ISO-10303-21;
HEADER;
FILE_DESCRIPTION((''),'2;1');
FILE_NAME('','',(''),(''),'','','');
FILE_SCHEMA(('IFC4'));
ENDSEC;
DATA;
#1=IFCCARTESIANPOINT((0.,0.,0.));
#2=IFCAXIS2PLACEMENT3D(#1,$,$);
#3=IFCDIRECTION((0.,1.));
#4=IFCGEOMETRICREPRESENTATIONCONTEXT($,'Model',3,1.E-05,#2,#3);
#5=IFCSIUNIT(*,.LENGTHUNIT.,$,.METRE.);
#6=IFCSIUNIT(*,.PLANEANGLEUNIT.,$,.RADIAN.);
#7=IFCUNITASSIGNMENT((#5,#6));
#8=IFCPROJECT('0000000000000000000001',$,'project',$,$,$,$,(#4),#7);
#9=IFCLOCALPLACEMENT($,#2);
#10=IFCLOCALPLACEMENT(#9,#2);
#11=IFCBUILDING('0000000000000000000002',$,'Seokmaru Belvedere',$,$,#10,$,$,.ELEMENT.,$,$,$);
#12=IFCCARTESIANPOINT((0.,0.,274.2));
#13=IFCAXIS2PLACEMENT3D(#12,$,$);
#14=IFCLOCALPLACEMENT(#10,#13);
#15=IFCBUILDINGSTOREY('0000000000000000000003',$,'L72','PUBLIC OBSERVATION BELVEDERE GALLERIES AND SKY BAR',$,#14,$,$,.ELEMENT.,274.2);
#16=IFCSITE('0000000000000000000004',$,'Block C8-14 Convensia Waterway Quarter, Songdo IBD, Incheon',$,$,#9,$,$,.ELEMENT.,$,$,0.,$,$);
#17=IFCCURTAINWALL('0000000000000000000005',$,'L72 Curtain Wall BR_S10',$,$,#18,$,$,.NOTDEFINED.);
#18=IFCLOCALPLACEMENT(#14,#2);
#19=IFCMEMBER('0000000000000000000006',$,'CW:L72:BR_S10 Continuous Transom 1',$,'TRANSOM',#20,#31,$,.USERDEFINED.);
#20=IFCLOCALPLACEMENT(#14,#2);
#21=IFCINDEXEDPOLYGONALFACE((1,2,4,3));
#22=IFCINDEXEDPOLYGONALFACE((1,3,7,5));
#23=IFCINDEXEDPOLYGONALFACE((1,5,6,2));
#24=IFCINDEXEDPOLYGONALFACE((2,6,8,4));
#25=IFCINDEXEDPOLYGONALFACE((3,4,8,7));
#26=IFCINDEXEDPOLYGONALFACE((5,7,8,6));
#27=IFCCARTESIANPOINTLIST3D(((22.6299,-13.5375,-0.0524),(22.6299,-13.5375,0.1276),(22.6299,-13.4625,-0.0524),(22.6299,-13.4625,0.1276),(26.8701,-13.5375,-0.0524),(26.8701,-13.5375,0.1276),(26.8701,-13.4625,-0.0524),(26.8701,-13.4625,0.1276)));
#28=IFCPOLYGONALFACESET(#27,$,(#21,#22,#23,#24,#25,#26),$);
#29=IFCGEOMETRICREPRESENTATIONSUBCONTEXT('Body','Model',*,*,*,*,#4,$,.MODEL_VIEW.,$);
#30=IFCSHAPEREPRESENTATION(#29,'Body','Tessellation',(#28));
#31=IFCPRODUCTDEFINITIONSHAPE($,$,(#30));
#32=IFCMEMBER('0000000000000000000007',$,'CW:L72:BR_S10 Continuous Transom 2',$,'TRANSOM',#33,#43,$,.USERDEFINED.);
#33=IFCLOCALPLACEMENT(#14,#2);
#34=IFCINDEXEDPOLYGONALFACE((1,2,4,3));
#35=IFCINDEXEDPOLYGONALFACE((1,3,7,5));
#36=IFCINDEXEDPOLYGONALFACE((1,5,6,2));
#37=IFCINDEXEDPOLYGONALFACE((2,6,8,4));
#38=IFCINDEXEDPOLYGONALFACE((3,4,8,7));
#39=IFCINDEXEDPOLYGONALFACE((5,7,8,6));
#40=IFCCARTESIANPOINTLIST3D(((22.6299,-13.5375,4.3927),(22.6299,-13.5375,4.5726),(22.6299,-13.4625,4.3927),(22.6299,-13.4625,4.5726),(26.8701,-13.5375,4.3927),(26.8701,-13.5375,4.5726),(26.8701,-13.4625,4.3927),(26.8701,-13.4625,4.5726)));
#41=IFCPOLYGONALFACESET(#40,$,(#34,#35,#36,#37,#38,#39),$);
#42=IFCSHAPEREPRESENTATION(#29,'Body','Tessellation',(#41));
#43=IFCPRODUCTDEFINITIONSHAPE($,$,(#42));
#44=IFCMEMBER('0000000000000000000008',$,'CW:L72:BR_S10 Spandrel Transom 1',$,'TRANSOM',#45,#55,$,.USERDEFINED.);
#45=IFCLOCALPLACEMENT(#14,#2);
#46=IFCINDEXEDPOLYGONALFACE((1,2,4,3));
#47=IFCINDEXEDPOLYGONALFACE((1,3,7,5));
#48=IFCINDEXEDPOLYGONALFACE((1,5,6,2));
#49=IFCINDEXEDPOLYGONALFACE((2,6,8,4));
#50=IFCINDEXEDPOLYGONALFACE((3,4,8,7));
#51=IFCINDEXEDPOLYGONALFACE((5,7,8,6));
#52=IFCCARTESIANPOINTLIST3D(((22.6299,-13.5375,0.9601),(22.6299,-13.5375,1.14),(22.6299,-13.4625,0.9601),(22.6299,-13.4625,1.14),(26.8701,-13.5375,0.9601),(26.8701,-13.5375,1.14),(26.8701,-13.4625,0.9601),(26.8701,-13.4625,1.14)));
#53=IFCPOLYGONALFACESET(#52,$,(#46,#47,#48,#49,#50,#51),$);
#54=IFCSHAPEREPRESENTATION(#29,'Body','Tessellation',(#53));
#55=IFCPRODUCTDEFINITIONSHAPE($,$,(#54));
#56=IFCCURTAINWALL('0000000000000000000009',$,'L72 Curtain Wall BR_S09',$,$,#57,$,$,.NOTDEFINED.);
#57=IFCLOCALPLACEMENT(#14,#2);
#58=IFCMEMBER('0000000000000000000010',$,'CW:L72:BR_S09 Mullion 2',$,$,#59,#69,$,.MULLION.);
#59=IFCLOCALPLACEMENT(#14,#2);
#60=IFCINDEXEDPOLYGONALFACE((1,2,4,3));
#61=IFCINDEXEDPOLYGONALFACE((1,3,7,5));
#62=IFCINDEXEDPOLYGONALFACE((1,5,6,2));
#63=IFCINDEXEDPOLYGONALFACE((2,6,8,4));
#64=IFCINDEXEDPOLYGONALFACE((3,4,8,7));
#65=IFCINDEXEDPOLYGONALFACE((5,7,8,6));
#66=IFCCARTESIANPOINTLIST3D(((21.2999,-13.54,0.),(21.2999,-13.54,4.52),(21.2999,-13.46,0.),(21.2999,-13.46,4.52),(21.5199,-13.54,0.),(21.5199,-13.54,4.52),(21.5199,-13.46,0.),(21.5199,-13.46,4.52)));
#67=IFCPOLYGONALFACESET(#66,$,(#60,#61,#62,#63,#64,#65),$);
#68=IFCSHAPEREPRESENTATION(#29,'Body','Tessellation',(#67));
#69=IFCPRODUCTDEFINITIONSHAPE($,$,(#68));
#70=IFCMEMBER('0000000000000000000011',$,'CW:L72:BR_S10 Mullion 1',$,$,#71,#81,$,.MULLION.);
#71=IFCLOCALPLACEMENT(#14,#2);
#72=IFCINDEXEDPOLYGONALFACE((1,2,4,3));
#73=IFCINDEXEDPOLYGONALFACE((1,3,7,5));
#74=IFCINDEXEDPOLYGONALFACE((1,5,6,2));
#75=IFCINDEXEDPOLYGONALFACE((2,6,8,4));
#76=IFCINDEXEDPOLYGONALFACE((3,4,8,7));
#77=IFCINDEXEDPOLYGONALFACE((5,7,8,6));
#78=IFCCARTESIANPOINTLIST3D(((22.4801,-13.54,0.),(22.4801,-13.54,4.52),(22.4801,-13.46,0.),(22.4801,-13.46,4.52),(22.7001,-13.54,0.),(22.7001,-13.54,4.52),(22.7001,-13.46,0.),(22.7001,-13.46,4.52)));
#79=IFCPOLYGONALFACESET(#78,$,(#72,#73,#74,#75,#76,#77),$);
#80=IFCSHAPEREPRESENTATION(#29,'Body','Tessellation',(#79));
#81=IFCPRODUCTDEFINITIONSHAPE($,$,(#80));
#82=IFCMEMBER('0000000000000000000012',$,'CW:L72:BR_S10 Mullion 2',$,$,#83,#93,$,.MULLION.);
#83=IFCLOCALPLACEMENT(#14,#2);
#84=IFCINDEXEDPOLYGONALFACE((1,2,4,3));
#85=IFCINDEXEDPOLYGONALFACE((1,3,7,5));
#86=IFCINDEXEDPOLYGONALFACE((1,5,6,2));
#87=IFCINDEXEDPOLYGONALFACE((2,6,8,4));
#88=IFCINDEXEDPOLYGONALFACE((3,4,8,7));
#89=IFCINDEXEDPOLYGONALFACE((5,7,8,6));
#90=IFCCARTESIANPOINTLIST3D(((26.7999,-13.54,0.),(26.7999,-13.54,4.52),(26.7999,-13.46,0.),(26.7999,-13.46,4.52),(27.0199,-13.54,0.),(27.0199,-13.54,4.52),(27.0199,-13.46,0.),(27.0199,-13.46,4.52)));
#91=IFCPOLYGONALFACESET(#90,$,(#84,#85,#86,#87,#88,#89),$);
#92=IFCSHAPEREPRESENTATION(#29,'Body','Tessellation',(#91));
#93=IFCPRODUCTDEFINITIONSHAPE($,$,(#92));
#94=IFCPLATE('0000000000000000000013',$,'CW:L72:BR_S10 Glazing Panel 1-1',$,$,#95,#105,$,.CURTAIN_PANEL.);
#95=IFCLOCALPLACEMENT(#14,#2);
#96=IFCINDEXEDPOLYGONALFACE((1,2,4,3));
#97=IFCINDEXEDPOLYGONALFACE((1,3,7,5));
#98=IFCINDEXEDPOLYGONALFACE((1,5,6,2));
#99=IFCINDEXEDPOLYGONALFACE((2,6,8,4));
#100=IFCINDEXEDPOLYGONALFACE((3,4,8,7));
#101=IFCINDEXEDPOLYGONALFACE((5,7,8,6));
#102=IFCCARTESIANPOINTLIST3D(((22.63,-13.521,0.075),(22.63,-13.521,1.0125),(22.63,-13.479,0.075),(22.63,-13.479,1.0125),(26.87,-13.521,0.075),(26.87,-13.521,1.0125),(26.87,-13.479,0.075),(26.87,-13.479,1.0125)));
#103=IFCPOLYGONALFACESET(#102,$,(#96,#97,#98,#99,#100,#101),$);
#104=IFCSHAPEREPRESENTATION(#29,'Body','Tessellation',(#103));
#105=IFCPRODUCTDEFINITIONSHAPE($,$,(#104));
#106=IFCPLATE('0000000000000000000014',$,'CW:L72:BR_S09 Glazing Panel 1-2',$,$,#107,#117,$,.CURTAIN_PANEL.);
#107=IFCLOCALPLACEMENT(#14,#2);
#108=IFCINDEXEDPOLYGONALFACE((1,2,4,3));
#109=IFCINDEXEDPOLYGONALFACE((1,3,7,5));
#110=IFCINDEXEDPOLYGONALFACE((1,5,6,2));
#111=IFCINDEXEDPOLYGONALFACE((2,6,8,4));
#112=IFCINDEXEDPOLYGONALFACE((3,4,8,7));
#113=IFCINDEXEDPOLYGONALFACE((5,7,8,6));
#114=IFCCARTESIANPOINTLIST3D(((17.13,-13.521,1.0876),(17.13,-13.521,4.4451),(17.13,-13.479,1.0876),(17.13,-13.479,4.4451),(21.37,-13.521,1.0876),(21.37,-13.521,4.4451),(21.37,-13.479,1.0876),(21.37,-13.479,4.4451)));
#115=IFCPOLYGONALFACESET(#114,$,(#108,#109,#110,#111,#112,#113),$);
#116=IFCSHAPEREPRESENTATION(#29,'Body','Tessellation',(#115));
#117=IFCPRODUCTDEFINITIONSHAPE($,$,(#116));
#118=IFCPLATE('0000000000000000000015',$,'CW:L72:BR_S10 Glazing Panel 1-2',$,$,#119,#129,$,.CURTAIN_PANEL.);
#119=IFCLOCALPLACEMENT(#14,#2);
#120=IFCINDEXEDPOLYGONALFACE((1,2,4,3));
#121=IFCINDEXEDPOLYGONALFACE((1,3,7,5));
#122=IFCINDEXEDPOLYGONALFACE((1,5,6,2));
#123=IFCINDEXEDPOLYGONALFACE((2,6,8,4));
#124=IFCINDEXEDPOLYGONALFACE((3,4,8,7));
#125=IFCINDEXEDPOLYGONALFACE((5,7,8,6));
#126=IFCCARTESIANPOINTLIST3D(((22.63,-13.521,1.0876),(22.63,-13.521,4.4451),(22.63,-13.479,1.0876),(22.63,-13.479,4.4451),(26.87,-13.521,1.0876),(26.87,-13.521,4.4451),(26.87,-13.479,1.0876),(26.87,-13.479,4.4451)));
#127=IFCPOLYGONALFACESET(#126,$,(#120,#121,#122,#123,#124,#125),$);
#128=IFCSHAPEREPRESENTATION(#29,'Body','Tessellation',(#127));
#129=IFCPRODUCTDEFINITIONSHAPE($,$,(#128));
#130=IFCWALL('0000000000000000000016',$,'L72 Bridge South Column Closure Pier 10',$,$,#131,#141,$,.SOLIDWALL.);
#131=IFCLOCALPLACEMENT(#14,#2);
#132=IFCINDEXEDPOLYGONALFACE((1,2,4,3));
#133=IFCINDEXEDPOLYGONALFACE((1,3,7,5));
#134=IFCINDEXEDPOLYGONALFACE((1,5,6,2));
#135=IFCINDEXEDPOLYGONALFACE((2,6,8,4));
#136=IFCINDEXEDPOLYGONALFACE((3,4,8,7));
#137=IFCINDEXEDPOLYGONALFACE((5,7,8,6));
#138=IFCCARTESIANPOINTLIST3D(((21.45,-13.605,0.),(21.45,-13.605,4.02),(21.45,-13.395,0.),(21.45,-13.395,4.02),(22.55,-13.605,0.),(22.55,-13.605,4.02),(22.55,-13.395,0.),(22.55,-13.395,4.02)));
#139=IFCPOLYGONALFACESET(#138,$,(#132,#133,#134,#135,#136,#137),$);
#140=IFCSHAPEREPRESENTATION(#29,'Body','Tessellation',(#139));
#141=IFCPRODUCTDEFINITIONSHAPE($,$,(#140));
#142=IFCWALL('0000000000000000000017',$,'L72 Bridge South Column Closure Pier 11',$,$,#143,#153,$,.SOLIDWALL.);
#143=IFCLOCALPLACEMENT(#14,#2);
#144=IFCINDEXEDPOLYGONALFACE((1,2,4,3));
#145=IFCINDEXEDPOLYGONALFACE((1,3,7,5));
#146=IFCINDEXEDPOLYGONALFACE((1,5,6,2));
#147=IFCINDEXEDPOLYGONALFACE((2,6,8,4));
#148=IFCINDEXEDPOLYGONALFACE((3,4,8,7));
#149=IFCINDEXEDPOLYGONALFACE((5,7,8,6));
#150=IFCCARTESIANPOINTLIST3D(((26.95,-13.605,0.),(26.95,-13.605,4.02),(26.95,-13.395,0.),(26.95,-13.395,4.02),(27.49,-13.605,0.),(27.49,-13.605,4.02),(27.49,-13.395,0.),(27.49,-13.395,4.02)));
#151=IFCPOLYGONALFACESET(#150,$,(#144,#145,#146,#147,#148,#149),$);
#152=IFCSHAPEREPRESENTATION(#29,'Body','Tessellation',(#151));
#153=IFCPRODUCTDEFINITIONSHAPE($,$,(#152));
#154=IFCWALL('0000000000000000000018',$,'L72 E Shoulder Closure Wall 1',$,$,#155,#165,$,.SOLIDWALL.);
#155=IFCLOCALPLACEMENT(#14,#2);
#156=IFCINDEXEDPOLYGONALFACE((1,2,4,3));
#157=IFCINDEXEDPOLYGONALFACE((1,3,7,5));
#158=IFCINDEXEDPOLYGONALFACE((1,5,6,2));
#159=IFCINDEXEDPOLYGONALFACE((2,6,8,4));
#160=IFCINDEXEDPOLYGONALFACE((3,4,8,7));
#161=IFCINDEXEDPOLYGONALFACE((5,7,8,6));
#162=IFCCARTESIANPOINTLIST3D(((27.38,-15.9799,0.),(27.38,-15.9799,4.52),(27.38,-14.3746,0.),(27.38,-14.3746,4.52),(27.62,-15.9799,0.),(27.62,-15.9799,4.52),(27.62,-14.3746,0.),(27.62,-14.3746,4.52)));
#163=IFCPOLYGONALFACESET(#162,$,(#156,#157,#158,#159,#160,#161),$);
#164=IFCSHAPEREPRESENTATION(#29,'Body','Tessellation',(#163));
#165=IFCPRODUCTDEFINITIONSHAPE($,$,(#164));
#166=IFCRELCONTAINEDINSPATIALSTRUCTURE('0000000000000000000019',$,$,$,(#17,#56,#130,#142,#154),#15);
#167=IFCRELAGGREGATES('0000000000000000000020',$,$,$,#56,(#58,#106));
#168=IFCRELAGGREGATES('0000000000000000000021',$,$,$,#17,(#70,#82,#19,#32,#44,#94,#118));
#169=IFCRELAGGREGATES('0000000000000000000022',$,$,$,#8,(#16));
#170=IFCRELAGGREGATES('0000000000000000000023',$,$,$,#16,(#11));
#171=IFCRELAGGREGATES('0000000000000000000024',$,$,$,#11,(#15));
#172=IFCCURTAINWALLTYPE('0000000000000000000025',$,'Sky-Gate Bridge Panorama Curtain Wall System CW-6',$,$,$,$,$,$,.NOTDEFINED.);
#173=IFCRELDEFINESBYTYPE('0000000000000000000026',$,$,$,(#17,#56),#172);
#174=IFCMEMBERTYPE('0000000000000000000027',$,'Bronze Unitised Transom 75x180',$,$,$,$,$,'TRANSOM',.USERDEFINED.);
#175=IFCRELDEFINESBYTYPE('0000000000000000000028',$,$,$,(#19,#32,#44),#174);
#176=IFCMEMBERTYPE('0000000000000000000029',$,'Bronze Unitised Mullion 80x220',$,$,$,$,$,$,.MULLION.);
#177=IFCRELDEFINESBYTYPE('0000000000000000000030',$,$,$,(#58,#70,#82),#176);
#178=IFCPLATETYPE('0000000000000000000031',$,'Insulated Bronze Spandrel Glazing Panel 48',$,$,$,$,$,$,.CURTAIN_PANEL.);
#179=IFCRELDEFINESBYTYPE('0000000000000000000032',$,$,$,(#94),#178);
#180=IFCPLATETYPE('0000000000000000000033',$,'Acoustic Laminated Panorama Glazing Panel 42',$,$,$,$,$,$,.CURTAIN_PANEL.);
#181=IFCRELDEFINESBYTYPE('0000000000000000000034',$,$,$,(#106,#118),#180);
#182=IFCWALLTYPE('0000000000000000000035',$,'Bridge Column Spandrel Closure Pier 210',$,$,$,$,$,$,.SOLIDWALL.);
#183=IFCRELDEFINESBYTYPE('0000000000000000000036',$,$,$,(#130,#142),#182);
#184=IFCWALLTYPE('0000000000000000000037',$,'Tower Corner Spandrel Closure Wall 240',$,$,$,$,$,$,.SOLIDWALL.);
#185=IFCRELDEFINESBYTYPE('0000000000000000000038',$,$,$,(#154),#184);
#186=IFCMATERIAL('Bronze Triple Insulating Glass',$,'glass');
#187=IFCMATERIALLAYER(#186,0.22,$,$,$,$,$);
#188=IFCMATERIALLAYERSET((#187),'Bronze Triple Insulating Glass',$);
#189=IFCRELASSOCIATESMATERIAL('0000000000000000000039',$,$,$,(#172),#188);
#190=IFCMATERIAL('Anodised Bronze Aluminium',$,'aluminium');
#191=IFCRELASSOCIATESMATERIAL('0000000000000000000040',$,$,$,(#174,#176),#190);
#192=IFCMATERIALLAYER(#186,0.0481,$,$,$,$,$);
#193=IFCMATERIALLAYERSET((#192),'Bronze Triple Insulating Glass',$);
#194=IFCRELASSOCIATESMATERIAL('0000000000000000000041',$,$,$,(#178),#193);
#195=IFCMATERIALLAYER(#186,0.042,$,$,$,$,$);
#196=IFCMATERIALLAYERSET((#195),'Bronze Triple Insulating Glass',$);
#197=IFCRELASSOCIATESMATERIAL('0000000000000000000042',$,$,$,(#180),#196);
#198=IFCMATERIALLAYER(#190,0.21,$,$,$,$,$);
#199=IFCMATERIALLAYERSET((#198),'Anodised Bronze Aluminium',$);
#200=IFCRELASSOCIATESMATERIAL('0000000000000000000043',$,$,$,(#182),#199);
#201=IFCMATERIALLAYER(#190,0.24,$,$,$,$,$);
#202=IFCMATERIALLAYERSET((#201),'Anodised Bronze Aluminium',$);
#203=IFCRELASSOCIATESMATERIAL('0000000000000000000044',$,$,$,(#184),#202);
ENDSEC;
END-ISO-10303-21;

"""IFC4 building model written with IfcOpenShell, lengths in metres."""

from ifc_helpers import new_model, si_unit, direction, frame, frame_2d, origin, origin_2d, place, context, subcontext, project, spatial, rectangle, extrude, source, transform, mapped, material, layer, layer_set, material_profile, profile_set, type_object, type_shapes, element, aggregate, save


model = new_model("IFC4")

# Units and contexts
model_context = context("Model", 3, precision=1e-05, world=origin(), true_north=direction((0.0, 1.0)))
body_context = subcontext(model_context, "Body", "Model", "MODEL_VIEW")
ifc_project = project(units=[si_unit("LENGTHUNIT", "METRE"), si_unit("PLANEANGLEUNIT", "RADIAN")], contexts=[model_context])

# Site, building, storey
site_placement = place(None, origin())
site = spatial("IfcSite", under=ifc_project, at=site_placement, Name="Block C8-14 Convensia Waterway Quarter, Songdo IBD, Incheon", CompositionType="ELEMENT", RefElevation=0.0)
building_placement = place(site_placement, origin())
building = spatial("IfcBuilding", under=site, at=building_placement, Name="Seokmaru Belvedere", CompositionType="ELEMENT")
storey_placement = place(building_placement, frame((0.0, 0.0, 274.2)))
storey = spatial("IfcBuildingStorey", under=building, at=storey_placement, Name="L72", Description="PUBLIC OBSERVATION BELVEDERE GALLERIES AND SKY BAR", CompositionType="ELEMENT", Elevation=274.2)

# Curtain wall, members
ifc_material_1 = material(Name="Bronze Triple Insulating Glass", Category="glass")
ifc_layer_1 = layer(ifc_material_1, 0.22)
ifc_layer_set_1 = layer_set([ifc_layer_1], Name="Bronze Triple Insulating Glass")
curtain_wall_type = type_object("IfcCurtainWallType", Name="Sky-Gate Bridge Panorama Curtain Wall System CW-6", PredefinedType="NOTDEFINED", material=ifc_layer_set_1)
curtain_wall_1_placement = place(storey_placement, origin())
curtain_wall_1 = element("IfcCurtainWall", 1, at=curtain_wall_1_placement, inside=storey, type_object=curtain_wall_type, Name="L72 Curtain Wall BR_S10", PredefinedType="NOTDEFINED")
ifc_material_2 = material(Name="Anodised Bronze Aluminium", Category="aluminium")
ifc_material_profile_1 = material_profile(ifc_material_2, rectangle(XDim=0.075, YDim=0.1799, at=origin_2d()), Name="CW-T-75x180")
ifc_profile_set_1 = profile_set([ifc_material_profile_1], Name="Anodised Bronze Aluminium")
member_type_1 = type_object("IfcMemberType", Name="Bronze Unitised Transom 75x180", ElementType="TRANSOM", PredefinedType="USERDEFINED", material=ifc_profile_set_1)
shared_shape_1 = source(origin(), body_context, "Body", "SweptSolid", [
    extrude(rectangle(XDim=0.075, YDim=0.1799, at=origin_2d()), origin(), (0.0, 0.0, 1.0), 4.2402),
])
type_shapes(member_type_1, [shared_shape_1])
member_1_placement = place(storey_placement, frame((22.6299, -13.5, 0.0376), z_axis=(1.0, 0.0, 0.0), x_axis=(0.0, 1.0, 0.0)))
member_1 = element("IfcMember", 2, at=member_1_placement, type_object=member_type_1, Name="CW:L72:BR_S10 Continuous Transom 1", ObjectType="TRANSOM", PredefinedType="USERDEFINED", context=body_context, shape_type="MappedRepresentation", body=[
    mapped(shared_shape_1, transform((0.0, 0.0, 0.0), scale=1.0)),
])
member_2_placement = place(storey_placement, frame((22.6299, -13.5, 4.4827), z_axis=(1.0, 0.0, 0.0), x_axis=(0.0, 1.0, 0.0)))
member_2 = element("IfcMember", 3, at=member_2_placement, type_object=member_type_1, Name="CW:L72:BR_S10 Continuous Transom 2", ObjectType="TRANSOM", PredefinedType="USERDEFINED", context=body_context, shape_type="MappedRepresentation", body=[
    mapped(shared_shape_1, transform((0.0, 0.0, 0.0), scale=1.0)),
])
member_3_placement = place(storey_placement, frame((22.6299, -13.5, 1.05), z_axis=(1.0, 0.0, 0.0), x_axis=(0.0, 1.0, 0.0)))
member_3 = element("IfcMember", 4, at=member_3_placement, type_object=member_type_1, Name="CW:L72:BR_S10 Spandrel Transom 1", ObjectType="TRANSOM", PredefinedType="USERDEFINED", context=body_context, shape_type="MappedRepresentation", body=[
    mapped(shared_shape_1, transform((0.0, 0.0, 0.0), scale=1.0)),
])

# Curtain wall, member
curtain_wall_2_placement = place(storey_placement, origin())
curtain_wall_2 = element("IfcCurtainWall", 5, at=curtain_wall_2_placement, inside=storey, type_object=curtain_wall_type, Name="L72 Curtain Wall BR_S09", PredefinedType="NOTDEFINED")
ifc_material_profile_2 = material_profile(ifc_material_2, rectangle(XDim=0.0801, YDim=0.22, at=origin_2d()), Name="CW-M-80x220")
ifc_profile_set_2 = profile_set([ifc_material_profile_2], Name="Anodised Bronze Aluminium")
member_type_2 = type_object("IfcMemberType", Name="Bronze Unitised Mullion 80x220", PredefinedType="MULLION", material=ifc_profile_set_2)
shared_shape_2 = source(origin(), body_context, "Body", "SweptSolid", [
    extrude(rectangle(XDim=0.0801, YDim=0.22, at=origin_2d()), origin(), (0.0, 0.0, 1.0), 4.52),
])
type_shapes(member_type_2, [shared_shape_2])
member_4_placement = place(storey_placement, frame((21.4099, -13.5, 0.0), z_axis=(0.0, 0.0, 1.0), x_axis=(0.0, 1.0, 0.0)))
member_4 = element("IfcMember", 6, at=member_4_placement, type_object=member_type_2, Name="CW:L72:BR_S09 Mullion 2", PredefinedType="MULLION", context=body_context, shape_type="MappedRepresentation", body=[
    mapped(shared_shape_2, transform((0.0, 0.0, 0.0), scale=1.0)),
])

# Members
member_5_placement = place(storey_placement, frame((22.5901, -13.5, 0.0), z_axis=(0.0, 0.0, 1.0), x_axis=(0.0, 1.0, 0.0)))
member_5 = element("IfcMember", 7, at=member_5_placement, type_object=member_type_2, Name="CW:L72:BR_S10 Mullion 1", PredefinedType="MULLION", context=body_context, shape_type="MappedRepresentation", body=[
    mapped(shared_shape_2, transform((0.0, 0.0, 0.0), scale=1.0)),
])
member_6_placement = place(storey_placement, frame((26.9099, -13.5, 0.0), z_axis=(0.0, 0.0, 1.0), x_axis=(0.0, 1.0, 0.0)))
member_6 = element("IfcMember", 8, at=member_6_placement, type_object=member_type_2, Name="CW:L72:BR_S10 Mullion 2", PredefinedType="MULLION", context=body_context, shape_type="MappedRepresentation", body=[
    mapped(shared_shape_2, transform((0.0, 0.0, 0.0), scale=1.0)),
])

# Plates
ifc_layer_2 = layer(ifc_material_1, 0.0481)
ifc_layer_set_2 = layer_set([ifc_layer_2], Name="Bronze Triple Insulating Glass")
plate_type_1 = type_object("IfcPlateType", Name="Insulated Bronze Spandrel Glazing Panel 48", PredefinedType="CURTAIN_PANEL", material=ifc_layer_set_2)
shared_shape_3 = source(origin(), body_context, "Body", "SweptSolid", [
    extrude(rectangle(XDim=4.24, YDim=0.042, at=origin_2d()), origin(), (0.0, 0.0, 1.0), 0.9375),
])
type_shapes(plate_type_1, [shared_shape_3])
plate_1_placement = place(storey_placement, frame((24.75, -13.5, 0.075), z_axis=(0.0, 0.0, 1.0), x_axis=(1.0, 0.0, 0.0)))
plate_1 = element("IfcPlate", 9, at=plate_1_placement, type_object=plate_type_1, Name="CW:L72:BR_S10 Glazing Panel 1-1", PredefinedType="CURTAIN_PANEL", context=body_context, shape_type="MappedRepresentation", body=[
    mapped(shared_shape_3, transform((0.0, 0.0, 0.0), scale=1.0)),
])
ifc_layer_3 = layer(ifc_material_1, 0.042)
ifc_layer_set_3 = layer_set([ifc_layer_3], Name="Bronze Triple Insulating Glass")
plate_type_2 = type_object("IfcPlateType", Name="Acoustic Laminated Panorama Glazing Panel 42", PredefinedType="CURTAIN_PANEL", material=ifc_layer_set_3)
shared_shape_4 = source(origin(), body_context, "Body", "SweptSolid", [
    extrude(rectangle(XDim=4.24, YDim=0.042, at=origin_2d()), origin(), (0.0, 0.0, 1.0), 3.3574),
])
type_shapes(plate_type_2, [shared_shape_4])
plate_2_placement = place(storey_placement, frame((19.25, -13.5, 1.0876), z_axis=(0.0, 0.0, 1.0), x_axis=(1.0, 0.0, 0.0)))
plate_2 = element("IfcPlate", 10, at=plate_2_placement, type_object=plate_type_2, Name="CW:L72:BR_S09 Glazing Panel 1-2", PredefinedType="CURTAIN_PANEL", context=body_context, shape_type="MappedRepresentation", body=[
    mapped(shared_shape_4, transform((0.0, 0.0, 0.0), scale=1.0)),
])
aggregate(curtain_wall_2, [member_4, plate_2])
plate_3_placement = place(storey_placement, frame((24.75, -13.5, 1.0876), z_axis=(0.0, 0.0, 1.0), x_axis=(1.0, 0.0, 0.0)))
plate_3 = element("IfcPlate", 11, at=plate_3_placement, type_object=plate_type_2, Name="CW:L72:BR_S10 Glazing Panel 1-2", PredefinedType="CURTAIN_PANEL", context=body_context, shape_type="MappedRepresentation", body=[
    mapped(shared_shape_4, transform((0.0, 0.0, 0.0), scale=1.0)),
])
aggregate(curtain_wall_1, [member_5, member_6, member_1, member_2, member_3, plate_1, plate_3])

# Walls
ifc_layer_4 = layer(ifc_material_2, 0.21)
ifc_layer_set_4 = layer_set([ifc_layer_4], Name="Anodised Bronze Aluminium")
wall_type_1 = type_object("IfcWallType", Name="Bridge Column Spandrel Closure Pier 210", PredefinedType="SOLIDWALL", material=ifc_layer_set_4)
wall_1_placement = place(storey_placement, frame((21.45, -13.5, 0.0), z_axis=(0.0, 0.0, 1.0), x_axis=(1.0, 0.0, 0.0)))
element("IfcWall", 12, at=wall_1_placement, inside=storey, type_object=wall_type_1, Name="L72 Bridge South Column Closure Pier 10", PredefinedType="SOLIDWALL", context=body_context, shape_type="SweptSolid", body=[
    extrude(rectangle(XDim=1.1001, YDim=0.21, at=frame_2d((0.55, 0.0))), origin(), (0.0, 0.0, 1.0), 4.02),
])
wall_2_placement = place(storey_placement, frame((26.95, -13.5, 0.0), z_axis=(0.0, 0.0, 1.0), x_axis=(1.0, 0.0, 0.0)))
element("IfcWall", 13, at=wall_2_placement, inside=storey, type_object=wall_type_1, Name="L72 Bridge South Column Closure Pier 11", PredefinedType="SOLIDWALL", context=body_context, shape_type="SweptSolid", body=[
    extrude(rectangle(XDim=0.54, YDim=0.21, at=frame_2d((0.27, 0.0))), origin(), (0.0, 0.0, 1.0), 4.02),
])
ifc_layer_5 = layer(ifc_material_2, 0.24)
ifc_layer_set_5 = layer_set([ifc_layer_5], Name="Anodised Bronze Aluminium")
wall_type_2 = type_object("IfcWallType", Name="Tower Corner Spandrel Closure Wall 240", PredefinedType="SOLIDWALL", material=ifc_layer_set_5)
wall_3_placement = place(storey_placement, frame((27.5, -15.98, 0.0), z_axis=(0.0, 0.0, 1.0), x_axis=(0.0, 1.0, 0.0)))
element("IfcWall", 14, at=wall_3_placement, inside=storey, type_object=wall_type_2, Name="L72 E Shoulder Closure Wall 1", PredefinedType="SOLIDWALL", context=body_context, shape_type="SweptSolid", body=[
    extrude(rectangle(XDim=1.6052, YDim=0.24, at=frame_2d((0.8027, 0.0))), origin(), (0.0, 0.0, 1.0), 4.52),
])

save(model, "model.ifc")
